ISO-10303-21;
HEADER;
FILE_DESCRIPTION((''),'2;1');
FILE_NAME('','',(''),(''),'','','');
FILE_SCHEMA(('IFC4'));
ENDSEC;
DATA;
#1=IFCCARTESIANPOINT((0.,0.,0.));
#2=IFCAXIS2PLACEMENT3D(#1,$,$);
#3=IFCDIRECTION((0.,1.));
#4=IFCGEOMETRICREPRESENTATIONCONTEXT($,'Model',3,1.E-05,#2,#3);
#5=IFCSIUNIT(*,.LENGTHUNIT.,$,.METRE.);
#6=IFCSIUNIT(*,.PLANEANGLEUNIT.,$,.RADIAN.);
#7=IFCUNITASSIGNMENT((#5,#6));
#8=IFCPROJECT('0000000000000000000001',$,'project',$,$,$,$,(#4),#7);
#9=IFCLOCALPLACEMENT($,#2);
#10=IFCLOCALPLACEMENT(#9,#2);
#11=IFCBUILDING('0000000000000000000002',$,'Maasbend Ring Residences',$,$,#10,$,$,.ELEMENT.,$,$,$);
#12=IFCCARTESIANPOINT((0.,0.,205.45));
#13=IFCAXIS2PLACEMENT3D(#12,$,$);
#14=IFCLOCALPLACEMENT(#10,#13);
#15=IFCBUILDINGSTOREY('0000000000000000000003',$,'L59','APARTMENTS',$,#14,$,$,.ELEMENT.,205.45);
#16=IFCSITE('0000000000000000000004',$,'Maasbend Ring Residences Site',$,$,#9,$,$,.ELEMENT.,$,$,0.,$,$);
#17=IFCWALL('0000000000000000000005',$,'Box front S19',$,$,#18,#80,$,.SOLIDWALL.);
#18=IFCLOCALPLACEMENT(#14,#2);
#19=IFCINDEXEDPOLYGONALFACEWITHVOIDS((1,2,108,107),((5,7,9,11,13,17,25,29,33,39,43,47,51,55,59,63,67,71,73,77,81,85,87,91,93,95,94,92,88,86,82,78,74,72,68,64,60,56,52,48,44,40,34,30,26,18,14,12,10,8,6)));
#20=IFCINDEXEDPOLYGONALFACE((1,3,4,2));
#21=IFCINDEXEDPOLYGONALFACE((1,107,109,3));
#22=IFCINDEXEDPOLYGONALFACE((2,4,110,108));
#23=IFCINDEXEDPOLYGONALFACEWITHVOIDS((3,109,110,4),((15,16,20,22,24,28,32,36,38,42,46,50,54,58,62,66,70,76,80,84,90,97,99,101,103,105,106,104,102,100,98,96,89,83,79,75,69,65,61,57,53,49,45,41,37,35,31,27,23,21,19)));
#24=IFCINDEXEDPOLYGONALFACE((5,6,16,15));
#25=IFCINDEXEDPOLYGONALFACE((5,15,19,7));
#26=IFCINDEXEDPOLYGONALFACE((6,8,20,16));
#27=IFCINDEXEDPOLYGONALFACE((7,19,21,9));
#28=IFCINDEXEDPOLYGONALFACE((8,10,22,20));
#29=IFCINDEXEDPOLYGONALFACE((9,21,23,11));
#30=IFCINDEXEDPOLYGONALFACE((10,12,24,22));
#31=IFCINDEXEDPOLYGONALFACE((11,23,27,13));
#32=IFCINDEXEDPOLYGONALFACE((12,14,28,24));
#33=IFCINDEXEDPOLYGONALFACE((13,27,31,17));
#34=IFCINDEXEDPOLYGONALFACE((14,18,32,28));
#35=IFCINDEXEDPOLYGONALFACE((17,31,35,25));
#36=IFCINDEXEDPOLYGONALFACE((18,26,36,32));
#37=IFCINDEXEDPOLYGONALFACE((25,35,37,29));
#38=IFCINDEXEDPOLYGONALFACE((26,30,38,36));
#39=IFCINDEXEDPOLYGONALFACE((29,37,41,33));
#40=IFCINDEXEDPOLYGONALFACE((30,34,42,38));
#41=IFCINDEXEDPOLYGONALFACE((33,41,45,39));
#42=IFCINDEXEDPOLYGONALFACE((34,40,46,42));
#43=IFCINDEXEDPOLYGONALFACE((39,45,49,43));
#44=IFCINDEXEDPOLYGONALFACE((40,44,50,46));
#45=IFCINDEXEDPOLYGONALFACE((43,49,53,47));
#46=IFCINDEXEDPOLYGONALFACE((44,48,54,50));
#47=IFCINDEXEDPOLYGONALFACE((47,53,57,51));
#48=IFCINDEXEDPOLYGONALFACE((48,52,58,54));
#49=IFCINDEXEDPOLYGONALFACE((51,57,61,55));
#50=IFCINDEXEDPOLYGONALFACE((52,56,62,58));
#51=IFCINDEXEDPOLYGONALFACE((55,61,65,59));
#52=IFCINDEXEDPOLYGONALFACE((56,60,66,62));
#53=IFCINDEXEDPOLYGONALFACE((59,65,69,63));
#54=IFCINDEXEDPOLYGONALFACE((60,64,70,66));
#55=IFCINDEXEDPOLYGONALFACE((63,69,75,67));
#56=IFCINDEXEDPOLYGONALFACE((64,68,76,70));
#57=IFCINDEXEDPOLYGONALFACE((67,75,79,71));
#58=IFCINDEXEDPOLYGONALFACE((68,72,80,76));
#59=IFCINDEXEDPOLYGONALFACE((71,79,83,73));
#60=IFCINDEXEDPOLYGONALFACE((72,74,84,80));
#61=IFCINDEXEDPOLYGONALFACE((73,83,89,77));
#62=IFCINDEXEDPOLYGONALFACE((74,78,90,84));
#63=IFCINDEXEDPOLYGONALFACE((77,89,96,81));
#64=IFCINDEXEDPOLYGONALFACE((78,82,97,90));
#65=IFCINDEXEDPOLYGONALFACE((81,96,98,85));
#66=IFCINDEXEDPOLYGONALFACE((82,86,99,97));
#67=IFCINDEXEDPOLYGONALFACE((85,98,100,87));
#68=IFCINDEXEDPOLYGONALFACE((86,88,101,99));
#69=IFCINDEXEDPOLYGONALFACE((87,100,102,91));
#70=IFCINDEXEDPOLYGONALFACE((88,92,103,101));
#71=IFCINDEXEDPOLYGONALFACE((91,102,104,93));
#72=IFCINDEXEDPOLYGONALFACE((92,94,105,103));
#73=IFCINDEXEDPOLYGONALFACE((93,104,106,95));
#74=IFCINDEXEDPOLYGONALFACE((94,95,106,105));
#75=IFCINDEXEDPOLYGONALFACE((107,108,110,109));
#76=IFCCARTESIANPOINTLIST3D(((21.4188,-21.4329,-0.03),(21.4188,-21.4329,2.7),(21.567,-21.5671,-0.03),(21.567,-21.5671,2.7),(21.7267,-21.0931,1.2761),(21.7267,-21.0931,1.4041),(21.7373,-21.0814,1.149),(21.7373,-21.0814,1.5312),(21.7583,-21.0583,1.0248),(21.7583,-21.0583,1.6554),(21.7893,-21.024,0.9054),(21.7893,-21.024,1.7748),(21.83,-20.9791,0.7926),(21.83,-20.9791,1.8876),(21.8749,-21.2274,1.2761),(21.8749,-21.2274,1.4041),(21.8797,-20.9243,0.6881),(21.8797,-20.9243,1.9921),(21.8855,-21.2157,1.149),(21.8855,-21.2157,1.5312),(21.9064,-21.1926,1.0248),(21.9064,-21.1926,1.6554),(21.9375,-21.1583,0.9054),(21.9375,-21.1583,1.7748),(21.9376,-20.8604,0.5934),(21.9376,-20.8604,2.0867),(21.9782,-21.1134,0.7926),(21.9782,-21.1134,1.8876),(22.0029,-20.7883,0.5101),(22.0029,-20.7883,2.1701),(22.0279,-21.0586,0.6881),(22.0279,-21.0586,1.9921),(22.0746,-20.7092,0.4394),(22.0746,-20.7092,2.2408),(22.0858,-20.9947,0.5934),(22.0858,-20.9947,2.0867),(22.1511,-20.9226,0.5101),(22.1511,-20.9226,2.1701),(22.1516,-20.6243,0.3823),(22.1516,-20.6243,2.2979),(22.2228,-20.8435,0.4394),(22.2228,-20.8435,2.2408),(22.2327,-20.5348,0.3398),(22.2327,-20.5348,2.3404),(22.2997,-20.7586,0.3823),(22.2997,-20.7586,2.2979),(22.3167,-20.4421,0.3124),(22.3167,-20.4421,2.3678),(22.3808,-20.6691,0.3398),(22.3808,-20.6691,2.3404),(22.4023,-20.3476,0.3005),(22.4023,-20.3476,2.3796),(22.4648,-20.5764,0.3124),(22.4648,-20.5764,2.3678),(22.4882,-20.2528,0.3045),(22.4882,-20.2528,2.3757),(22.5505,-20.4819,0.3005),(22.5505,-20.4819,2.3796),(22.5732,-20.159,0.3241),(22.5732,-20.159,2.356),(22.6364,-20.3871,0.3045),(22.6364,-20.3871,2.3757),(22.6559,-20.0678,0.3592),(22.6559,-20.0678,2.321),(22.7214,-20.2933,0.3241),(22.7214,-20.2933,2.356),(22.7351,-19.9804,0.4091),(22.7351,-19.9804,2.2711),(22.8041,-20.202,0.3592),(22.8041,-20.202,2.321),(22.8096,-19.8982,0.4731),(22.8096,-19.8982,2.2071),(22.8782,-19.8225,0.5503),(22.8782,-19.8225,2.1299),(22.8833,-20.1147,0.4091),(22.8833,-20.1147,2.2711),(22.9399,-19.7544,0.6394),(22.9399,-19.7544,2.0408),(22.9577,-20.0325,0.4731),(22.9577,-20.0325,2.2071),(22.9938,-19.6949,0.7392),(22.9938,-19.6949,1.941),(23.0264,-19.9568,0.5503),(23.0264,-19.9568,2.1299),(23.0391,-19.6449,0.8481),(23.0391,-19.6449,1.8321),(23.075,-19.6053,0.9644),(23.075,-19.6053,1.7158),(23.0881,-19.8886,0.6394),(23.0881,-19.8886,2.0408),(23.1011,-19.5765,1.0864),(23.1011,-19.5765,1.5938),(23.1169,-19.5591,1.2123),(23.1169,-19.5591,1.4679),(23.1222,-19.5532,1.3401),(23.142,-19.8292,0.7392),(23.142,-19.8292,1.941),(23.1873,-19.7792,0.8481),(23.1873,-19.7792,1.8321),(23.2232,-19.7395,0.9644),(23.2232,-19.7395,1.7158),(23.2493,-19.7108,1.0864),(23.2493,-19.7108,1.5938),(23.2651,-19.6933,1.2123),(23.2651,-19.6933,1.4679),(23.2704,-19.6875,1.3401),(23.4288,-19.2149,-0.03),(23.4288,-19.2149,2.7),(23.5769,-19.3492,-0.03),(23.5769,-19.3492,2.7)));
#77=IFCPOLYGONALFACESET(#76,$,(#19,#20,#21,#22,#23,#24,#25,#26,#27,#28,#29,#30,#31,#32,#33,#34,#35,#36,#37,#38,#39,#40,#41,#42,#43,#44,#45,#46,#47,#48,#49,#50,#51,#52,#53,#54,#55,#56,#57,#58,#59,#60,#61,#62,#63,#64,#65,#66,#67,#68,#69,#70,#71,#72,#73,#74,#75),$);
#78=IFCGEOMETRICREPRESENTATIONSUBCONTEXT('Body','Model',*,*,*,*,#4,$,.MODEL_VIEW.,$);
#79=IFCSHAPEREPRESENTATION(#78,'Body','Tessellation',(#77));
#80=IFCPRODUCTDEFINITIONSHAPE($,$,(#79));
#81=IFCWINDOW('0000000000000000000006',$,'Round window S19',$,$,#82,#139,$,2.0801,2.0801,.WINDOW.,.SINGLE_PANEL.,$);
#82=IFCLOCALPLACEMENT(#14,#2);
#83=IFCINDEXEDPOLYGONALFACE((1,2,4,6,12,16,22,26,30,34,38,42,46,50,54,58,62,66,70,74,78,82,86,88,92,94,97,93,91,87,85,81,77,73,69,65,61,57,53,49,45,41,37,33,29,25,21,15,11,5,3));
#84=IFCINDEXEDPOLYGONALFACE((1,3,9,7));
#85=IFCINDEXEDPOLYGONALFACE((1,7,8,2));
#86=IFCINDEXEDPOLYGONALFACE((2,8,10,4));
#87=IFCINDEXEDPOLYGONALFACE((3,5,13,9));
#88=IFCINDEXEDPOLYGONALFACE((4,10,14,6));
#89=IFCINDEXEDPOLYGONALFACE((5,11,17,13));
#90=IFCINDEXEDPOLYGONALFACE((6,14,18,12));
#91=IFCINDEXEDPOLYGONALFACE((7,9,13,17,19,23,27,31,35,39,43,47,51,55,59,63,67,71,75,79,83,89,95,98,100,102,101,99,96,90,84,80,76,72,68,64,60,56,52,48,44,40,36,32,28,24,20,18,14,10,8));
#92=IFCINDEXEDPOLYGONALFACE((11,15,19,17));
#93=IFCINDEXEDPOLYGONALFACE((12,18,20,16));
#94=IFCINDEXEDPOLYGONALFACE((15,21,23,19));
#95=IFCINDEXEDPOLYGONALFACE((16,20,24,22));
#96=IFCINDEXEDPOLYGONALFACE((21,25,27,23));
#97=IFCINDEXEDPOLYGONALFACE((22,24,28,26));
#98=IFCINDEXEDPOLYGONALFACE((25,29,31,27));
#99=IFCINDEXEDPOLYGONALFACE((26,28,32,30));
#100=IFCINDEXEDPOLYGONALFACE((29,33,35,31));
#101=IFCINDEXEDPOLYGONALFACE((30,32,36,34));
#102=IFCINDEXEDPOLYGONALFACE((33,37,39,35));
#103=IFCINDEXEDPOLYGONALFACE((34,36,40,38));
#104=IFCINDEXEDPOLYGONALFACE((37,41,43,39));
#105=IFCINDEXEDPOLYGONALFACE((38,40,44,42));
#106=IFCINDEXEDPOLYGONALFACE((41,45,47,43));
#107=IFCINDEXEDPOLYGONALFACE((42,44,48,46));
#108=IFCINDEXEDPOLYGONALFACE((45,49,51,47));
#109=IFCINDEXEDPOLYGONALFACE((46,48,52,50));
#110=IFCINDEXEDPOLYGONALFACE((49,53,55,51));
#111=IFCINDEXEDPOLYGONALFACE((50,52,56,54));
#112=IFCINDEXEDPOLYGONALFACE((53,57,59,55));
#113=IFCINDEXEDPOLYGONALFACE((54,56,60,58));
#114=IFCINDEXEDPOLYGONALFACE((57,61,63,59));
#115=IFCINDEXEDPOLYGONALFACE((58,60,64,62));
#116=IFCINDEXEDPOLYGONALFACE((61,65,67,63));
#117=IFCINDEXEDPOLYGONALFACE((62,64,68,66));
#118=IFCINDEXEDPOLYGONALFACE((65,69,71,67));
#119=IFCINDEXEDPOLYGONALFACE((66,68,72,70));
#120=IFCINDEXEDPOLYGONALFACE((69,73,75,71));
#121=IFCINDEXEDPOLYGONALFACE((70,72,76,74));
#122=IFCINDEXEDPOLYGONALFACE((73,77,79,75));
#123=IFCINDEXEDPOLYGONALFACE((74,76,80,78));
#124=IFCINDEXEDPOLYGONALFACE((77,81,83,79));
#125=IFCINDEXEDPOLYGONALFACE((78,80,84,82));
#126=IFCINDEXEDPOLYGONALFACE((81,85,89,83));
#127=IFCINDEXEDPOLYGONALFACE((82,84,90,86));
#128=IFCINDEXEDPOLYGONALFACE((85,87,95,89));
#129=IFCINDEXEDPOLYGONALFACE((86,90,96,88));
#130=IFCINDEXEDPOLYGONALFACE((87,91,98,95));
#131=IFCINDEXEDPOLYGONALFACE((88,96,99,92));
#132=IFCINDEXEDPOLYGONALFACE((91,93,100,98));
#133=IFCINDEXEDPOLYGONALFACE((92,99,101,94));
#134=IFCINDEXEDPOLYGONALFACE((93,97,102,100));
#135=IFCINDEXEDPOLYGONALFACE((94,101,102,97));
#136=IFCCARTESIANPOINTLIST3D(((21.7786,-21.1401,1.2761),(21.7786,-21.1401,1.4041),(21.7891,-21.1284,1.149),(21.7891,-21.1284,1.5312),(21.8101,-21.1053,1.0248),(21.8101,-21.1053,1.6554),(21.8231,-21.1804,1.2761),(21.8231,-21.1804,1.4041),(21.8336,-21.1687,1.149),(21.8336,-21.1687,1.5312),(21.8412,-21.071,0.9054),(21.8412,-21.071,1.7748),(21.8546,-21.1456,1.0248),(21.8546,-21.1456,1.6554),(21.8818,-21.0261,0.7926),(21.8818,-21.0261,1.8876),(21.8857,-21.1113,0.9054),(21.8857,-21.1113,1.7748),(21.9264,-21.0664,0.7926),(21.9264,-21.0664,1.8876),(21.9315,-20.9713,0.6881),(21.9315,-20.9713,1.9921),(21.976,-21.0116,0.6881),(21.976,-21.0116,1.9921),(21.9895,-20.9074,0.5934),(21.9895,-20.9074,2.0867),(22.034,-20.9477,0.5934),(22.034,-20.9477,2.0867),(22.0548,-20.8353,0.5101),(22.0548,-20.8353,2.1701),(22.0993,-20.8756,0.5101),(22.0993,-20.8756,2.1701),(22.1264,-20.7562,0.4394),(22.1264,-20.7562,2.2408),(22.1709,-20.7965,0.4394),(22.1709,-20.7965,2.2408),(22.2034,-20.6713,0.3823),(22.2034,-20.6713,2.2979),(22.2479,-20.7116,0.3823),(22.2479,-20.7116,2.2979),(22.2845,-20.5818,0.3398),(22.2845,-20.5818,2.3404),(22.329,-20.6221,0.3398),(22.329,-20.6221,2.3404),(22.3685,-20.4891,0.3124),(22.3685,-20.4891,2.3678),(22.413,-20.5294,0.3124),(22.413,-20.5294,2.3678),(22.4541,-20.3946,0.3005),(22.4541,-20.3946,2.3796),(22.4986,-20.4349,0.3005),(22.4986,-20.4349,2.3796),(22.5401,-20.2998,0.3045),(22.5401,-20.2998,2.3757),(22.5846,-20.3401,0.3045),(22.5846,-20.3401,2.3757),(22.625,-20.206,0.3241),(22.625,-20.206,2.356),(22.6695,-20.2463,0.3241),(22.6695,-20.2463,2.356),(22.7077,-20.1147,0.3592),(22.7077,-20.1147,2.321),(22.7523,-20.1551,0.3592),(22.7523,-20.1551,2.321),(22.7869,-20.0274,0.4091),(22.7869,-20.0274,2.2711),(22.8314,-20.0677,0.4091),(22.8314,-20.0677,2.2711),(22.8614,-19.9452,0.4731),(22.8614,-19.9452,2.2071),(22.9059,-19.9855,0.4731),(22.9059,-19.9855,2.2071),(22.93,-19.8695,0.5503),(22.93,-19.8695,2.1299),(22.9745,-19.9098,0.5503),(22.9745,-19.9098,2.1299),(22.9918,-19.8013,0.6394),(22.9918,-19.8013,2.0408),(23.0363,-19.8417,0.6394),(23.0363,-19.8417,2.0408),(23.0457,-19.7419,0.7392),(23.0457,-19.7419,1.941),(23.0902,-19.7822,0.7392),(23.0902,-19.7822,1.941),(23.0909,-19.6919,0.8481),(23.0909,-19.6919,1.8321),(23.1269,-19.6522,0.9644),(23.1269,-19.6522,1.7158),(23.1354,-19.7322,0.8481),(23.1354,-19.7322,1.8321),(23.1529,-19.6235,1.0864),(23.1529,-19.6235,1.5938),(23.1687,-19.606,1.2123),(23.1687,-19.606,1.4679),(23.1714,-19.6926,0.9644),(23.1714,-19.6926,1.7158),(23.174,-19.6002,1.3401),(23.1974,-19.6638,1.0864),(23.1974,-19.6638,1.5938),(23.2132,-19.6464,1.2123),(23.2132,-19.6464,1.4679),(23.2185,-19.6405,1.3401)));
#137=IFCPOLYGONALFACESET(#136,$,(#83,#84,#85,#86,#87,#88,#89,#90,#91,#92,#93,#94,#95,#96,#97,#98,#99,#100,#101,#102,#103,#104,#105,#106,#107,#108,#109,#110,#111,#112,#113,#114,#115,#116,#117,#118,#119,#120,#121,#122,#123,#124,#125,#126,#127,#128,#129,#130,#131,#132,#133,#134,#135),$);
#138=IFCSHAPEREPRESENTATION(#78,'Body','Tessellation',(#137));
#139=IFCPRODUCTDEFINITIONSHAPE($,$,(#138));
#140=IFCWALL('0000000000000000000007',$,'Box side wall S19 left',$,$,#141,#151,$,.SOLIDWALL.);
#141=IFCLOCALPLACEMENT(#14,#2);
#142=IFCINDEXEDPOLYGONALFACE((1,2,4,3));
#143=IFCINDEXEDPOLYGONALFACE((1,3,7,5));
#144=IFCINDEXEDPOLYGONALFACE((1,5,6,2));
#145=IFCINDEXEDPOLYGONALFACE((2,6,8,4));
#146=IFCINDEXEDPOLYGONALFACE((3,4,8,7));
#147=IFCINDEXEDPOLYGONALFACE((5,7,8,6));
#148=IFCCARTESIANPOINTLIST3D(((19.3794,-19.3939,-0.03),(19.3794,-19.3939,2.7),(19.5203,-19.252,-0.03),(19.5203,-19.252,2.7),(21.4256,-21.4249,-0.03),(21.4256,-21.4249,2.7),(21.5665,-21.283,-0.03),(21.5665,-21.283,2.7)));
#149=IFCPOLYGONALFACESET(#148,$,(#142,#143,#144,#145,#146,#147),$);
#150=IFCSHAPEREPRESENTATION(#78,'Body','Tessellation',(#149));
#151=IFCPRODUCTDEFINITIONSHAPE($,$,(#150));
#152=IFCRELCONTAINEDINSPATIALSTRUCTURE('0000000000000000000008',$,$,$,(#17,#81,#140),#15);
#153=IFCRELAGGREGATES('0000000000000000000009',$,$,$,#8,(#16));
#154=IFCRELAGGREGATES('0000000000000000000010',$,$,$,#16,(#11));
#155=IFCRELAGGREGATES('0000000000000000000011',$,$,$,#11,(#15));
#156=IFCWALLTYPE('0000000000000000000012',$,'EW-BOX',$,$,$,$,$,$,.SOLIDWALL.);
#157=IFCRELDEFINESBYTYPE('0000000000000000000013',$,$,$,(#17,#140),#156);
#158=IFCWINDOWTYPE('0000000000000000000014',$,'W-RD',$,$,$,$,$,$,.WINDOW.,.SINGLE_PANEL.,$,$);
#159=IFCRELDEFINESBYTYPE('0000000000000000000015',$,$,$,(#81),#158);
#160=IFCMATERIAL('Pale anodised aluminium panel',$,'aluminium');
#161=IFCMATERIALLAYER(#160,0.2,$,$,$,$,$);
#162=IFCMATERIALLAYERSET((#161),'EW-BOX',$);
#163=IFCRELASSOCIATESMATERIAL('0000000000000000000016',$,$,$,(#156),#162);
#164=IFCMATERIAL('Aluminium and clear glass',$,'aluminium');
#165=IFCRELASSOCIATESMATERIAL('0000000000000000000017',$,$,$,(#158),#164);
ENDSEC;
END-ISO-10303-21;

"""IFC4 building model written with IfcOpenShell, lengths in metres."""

from ifc_helpers import new_model, si_unit, direction, frame, frame_2d, origin, place, context, subcontext, project, spatial, rectangle, circle, extrude, material, layer, layer_set, type_object, element, fill, save


model = new_model("IFC4")

# Units and contexts
model_context = context("Model", 3, precision=1e-05, world=origin(), true_north=direction((0.0, 1.0)))
body_context = subcontext(model_context, "Body", "Model", "MODEL_VIEW")
ifc_project = project(units=[si_unit("LENGTHUNIT", "METRE"), si_unit("PLANEANGLEUNIT", "RADIAN")], contexts=[model_context])

# Site, building, storey
site_placement = place(None, origin())
site = spatial("IfcSite", under=ifc_project, at=site_placement, Name="Maasbend Ring Residences Site", CompositionType="ELEMENT", RefElevation=0.0)
building_placement = place(site_placement, origin())
building = spatial("IfcBuilding", under=site, at=building_placement, Name="Maasbend Ring Residences", CompositionType="ELEMENT")
storey_placement = place(building_placement, frame((0.0, 0.0, 205.45)))
storey = spatial("IfcBuildingStorey", under=building, at=storey_placement, Name="L59", Description="APARTMENTS", CompositionType="ELEMENT", Elevation=205.45)

# Shared definitions
ifc_material_1 = material(Name="Pale anodised aluminium panel", Category="aluminium")
ifc_layer_1 = layer(ifc_material_1, 0.2)
ifc_layer_set_1 = layer_set([ifc_layer_1], Name="EW-BOX")
wall_type_1 = type_object("IfcWallType", Name="EW-BOX", PredefinedType="SOLIDWALL", material=ifc_layer_set_1)
ifc_material_2 = material(Name="Aluminium and clear glass", Category="aluminium")
window_type_1 = type_object("IfcWindowType", Name="W-RD", PartitioningType="SINGLE_PANEL", PredefinedType="WINDOW", material=ifc_material_2)

# Wall, opening, window
wall_1_placement = place(storey_placement, frame((21.4929, -21.5, -0.03), z_axis=(0.0, 0.0, 1.0), x_axis=(0.671507, 0.740998, 0.0)))
wall_1 = element("IfcWall", 1, at=wall_1_placement, inside=storey, type_object=wall_type_1, Name="Box front S19", PredefinedType="SOLIDWALL", context=body_context, shape_type="SweptSolid", body=[
    extrude(rectangle(XDim=2.9932, YDim=0.2, at=frame_2d((1.4966, 0.0))), origin(), (0.0, 0.0, 1.0), 2.73),
])
opening_1_placement = place(wall_1_placement, frame((0.4565, 0.0, 0.3301)))
opening_1 = element("IfcOpeningElement", 2, at=opening_1_placement, cuts=wall_1, PredefinedType="OPENING", context=body_context, shape_type="SweptSolid", body=[
    extrude(circle(Radius=1.04, at=frame_2d((1.04, 1.04))), frame((0.0, 0.1099, 0.0), z_axis=(0.0, -1.0, 0.0), x_axis=(1.0, 0.0, 0.0)), (0.0, 0.0, 1.0), 0.22),
])
window_1_placement = place(opening_1_placement, origin())
window_1 = element("IfcWindow", 3, at=window_1_placement, inside=storey, type_object=window_type_1, Name="Round window S19", OverallHeight=2.0801, OverallWidth=2.0801, PartitioningType="SINGLE_PANEL", PredefinedType="WINDOW", context=body_context, shape_type="SweptSolid", body=[
    extrude(circle(Radius=1.04, at=frame_2d((1.04, 1.04))), frame((0.0, 0.03, 0.0), z_axis=(0.0, -1.0, 0.0), x_axis=(1.0, 0.0, 0.0)), (0.0, 0.0, 1.0), 0.0601),
])
fill(opening_1, window_1)

# Wall
wall_2_placement = place(storey_placement, frame((19.45, -19.323, -0.03), z_axis=(0.0, 0.0, 1.0), x_axis=(0.709727, -0.704477, 0.0)))
element("IfcWall", 4, at=wall_2_placement, inside=storey, type_object=wall_type_1, Name="Box side wall S19 left", PredefinedType="SOLIDWALL", context=body_context, shape_type="SweptSolid", body=[
    extrude(rectangle(XDim=2.8831, YDim=0.2, at=frame_2d((1.4414, 0.0))), origin(), (0.0, 0.0, 1.0), 2.73),
])

save(model, "model.ifc")
